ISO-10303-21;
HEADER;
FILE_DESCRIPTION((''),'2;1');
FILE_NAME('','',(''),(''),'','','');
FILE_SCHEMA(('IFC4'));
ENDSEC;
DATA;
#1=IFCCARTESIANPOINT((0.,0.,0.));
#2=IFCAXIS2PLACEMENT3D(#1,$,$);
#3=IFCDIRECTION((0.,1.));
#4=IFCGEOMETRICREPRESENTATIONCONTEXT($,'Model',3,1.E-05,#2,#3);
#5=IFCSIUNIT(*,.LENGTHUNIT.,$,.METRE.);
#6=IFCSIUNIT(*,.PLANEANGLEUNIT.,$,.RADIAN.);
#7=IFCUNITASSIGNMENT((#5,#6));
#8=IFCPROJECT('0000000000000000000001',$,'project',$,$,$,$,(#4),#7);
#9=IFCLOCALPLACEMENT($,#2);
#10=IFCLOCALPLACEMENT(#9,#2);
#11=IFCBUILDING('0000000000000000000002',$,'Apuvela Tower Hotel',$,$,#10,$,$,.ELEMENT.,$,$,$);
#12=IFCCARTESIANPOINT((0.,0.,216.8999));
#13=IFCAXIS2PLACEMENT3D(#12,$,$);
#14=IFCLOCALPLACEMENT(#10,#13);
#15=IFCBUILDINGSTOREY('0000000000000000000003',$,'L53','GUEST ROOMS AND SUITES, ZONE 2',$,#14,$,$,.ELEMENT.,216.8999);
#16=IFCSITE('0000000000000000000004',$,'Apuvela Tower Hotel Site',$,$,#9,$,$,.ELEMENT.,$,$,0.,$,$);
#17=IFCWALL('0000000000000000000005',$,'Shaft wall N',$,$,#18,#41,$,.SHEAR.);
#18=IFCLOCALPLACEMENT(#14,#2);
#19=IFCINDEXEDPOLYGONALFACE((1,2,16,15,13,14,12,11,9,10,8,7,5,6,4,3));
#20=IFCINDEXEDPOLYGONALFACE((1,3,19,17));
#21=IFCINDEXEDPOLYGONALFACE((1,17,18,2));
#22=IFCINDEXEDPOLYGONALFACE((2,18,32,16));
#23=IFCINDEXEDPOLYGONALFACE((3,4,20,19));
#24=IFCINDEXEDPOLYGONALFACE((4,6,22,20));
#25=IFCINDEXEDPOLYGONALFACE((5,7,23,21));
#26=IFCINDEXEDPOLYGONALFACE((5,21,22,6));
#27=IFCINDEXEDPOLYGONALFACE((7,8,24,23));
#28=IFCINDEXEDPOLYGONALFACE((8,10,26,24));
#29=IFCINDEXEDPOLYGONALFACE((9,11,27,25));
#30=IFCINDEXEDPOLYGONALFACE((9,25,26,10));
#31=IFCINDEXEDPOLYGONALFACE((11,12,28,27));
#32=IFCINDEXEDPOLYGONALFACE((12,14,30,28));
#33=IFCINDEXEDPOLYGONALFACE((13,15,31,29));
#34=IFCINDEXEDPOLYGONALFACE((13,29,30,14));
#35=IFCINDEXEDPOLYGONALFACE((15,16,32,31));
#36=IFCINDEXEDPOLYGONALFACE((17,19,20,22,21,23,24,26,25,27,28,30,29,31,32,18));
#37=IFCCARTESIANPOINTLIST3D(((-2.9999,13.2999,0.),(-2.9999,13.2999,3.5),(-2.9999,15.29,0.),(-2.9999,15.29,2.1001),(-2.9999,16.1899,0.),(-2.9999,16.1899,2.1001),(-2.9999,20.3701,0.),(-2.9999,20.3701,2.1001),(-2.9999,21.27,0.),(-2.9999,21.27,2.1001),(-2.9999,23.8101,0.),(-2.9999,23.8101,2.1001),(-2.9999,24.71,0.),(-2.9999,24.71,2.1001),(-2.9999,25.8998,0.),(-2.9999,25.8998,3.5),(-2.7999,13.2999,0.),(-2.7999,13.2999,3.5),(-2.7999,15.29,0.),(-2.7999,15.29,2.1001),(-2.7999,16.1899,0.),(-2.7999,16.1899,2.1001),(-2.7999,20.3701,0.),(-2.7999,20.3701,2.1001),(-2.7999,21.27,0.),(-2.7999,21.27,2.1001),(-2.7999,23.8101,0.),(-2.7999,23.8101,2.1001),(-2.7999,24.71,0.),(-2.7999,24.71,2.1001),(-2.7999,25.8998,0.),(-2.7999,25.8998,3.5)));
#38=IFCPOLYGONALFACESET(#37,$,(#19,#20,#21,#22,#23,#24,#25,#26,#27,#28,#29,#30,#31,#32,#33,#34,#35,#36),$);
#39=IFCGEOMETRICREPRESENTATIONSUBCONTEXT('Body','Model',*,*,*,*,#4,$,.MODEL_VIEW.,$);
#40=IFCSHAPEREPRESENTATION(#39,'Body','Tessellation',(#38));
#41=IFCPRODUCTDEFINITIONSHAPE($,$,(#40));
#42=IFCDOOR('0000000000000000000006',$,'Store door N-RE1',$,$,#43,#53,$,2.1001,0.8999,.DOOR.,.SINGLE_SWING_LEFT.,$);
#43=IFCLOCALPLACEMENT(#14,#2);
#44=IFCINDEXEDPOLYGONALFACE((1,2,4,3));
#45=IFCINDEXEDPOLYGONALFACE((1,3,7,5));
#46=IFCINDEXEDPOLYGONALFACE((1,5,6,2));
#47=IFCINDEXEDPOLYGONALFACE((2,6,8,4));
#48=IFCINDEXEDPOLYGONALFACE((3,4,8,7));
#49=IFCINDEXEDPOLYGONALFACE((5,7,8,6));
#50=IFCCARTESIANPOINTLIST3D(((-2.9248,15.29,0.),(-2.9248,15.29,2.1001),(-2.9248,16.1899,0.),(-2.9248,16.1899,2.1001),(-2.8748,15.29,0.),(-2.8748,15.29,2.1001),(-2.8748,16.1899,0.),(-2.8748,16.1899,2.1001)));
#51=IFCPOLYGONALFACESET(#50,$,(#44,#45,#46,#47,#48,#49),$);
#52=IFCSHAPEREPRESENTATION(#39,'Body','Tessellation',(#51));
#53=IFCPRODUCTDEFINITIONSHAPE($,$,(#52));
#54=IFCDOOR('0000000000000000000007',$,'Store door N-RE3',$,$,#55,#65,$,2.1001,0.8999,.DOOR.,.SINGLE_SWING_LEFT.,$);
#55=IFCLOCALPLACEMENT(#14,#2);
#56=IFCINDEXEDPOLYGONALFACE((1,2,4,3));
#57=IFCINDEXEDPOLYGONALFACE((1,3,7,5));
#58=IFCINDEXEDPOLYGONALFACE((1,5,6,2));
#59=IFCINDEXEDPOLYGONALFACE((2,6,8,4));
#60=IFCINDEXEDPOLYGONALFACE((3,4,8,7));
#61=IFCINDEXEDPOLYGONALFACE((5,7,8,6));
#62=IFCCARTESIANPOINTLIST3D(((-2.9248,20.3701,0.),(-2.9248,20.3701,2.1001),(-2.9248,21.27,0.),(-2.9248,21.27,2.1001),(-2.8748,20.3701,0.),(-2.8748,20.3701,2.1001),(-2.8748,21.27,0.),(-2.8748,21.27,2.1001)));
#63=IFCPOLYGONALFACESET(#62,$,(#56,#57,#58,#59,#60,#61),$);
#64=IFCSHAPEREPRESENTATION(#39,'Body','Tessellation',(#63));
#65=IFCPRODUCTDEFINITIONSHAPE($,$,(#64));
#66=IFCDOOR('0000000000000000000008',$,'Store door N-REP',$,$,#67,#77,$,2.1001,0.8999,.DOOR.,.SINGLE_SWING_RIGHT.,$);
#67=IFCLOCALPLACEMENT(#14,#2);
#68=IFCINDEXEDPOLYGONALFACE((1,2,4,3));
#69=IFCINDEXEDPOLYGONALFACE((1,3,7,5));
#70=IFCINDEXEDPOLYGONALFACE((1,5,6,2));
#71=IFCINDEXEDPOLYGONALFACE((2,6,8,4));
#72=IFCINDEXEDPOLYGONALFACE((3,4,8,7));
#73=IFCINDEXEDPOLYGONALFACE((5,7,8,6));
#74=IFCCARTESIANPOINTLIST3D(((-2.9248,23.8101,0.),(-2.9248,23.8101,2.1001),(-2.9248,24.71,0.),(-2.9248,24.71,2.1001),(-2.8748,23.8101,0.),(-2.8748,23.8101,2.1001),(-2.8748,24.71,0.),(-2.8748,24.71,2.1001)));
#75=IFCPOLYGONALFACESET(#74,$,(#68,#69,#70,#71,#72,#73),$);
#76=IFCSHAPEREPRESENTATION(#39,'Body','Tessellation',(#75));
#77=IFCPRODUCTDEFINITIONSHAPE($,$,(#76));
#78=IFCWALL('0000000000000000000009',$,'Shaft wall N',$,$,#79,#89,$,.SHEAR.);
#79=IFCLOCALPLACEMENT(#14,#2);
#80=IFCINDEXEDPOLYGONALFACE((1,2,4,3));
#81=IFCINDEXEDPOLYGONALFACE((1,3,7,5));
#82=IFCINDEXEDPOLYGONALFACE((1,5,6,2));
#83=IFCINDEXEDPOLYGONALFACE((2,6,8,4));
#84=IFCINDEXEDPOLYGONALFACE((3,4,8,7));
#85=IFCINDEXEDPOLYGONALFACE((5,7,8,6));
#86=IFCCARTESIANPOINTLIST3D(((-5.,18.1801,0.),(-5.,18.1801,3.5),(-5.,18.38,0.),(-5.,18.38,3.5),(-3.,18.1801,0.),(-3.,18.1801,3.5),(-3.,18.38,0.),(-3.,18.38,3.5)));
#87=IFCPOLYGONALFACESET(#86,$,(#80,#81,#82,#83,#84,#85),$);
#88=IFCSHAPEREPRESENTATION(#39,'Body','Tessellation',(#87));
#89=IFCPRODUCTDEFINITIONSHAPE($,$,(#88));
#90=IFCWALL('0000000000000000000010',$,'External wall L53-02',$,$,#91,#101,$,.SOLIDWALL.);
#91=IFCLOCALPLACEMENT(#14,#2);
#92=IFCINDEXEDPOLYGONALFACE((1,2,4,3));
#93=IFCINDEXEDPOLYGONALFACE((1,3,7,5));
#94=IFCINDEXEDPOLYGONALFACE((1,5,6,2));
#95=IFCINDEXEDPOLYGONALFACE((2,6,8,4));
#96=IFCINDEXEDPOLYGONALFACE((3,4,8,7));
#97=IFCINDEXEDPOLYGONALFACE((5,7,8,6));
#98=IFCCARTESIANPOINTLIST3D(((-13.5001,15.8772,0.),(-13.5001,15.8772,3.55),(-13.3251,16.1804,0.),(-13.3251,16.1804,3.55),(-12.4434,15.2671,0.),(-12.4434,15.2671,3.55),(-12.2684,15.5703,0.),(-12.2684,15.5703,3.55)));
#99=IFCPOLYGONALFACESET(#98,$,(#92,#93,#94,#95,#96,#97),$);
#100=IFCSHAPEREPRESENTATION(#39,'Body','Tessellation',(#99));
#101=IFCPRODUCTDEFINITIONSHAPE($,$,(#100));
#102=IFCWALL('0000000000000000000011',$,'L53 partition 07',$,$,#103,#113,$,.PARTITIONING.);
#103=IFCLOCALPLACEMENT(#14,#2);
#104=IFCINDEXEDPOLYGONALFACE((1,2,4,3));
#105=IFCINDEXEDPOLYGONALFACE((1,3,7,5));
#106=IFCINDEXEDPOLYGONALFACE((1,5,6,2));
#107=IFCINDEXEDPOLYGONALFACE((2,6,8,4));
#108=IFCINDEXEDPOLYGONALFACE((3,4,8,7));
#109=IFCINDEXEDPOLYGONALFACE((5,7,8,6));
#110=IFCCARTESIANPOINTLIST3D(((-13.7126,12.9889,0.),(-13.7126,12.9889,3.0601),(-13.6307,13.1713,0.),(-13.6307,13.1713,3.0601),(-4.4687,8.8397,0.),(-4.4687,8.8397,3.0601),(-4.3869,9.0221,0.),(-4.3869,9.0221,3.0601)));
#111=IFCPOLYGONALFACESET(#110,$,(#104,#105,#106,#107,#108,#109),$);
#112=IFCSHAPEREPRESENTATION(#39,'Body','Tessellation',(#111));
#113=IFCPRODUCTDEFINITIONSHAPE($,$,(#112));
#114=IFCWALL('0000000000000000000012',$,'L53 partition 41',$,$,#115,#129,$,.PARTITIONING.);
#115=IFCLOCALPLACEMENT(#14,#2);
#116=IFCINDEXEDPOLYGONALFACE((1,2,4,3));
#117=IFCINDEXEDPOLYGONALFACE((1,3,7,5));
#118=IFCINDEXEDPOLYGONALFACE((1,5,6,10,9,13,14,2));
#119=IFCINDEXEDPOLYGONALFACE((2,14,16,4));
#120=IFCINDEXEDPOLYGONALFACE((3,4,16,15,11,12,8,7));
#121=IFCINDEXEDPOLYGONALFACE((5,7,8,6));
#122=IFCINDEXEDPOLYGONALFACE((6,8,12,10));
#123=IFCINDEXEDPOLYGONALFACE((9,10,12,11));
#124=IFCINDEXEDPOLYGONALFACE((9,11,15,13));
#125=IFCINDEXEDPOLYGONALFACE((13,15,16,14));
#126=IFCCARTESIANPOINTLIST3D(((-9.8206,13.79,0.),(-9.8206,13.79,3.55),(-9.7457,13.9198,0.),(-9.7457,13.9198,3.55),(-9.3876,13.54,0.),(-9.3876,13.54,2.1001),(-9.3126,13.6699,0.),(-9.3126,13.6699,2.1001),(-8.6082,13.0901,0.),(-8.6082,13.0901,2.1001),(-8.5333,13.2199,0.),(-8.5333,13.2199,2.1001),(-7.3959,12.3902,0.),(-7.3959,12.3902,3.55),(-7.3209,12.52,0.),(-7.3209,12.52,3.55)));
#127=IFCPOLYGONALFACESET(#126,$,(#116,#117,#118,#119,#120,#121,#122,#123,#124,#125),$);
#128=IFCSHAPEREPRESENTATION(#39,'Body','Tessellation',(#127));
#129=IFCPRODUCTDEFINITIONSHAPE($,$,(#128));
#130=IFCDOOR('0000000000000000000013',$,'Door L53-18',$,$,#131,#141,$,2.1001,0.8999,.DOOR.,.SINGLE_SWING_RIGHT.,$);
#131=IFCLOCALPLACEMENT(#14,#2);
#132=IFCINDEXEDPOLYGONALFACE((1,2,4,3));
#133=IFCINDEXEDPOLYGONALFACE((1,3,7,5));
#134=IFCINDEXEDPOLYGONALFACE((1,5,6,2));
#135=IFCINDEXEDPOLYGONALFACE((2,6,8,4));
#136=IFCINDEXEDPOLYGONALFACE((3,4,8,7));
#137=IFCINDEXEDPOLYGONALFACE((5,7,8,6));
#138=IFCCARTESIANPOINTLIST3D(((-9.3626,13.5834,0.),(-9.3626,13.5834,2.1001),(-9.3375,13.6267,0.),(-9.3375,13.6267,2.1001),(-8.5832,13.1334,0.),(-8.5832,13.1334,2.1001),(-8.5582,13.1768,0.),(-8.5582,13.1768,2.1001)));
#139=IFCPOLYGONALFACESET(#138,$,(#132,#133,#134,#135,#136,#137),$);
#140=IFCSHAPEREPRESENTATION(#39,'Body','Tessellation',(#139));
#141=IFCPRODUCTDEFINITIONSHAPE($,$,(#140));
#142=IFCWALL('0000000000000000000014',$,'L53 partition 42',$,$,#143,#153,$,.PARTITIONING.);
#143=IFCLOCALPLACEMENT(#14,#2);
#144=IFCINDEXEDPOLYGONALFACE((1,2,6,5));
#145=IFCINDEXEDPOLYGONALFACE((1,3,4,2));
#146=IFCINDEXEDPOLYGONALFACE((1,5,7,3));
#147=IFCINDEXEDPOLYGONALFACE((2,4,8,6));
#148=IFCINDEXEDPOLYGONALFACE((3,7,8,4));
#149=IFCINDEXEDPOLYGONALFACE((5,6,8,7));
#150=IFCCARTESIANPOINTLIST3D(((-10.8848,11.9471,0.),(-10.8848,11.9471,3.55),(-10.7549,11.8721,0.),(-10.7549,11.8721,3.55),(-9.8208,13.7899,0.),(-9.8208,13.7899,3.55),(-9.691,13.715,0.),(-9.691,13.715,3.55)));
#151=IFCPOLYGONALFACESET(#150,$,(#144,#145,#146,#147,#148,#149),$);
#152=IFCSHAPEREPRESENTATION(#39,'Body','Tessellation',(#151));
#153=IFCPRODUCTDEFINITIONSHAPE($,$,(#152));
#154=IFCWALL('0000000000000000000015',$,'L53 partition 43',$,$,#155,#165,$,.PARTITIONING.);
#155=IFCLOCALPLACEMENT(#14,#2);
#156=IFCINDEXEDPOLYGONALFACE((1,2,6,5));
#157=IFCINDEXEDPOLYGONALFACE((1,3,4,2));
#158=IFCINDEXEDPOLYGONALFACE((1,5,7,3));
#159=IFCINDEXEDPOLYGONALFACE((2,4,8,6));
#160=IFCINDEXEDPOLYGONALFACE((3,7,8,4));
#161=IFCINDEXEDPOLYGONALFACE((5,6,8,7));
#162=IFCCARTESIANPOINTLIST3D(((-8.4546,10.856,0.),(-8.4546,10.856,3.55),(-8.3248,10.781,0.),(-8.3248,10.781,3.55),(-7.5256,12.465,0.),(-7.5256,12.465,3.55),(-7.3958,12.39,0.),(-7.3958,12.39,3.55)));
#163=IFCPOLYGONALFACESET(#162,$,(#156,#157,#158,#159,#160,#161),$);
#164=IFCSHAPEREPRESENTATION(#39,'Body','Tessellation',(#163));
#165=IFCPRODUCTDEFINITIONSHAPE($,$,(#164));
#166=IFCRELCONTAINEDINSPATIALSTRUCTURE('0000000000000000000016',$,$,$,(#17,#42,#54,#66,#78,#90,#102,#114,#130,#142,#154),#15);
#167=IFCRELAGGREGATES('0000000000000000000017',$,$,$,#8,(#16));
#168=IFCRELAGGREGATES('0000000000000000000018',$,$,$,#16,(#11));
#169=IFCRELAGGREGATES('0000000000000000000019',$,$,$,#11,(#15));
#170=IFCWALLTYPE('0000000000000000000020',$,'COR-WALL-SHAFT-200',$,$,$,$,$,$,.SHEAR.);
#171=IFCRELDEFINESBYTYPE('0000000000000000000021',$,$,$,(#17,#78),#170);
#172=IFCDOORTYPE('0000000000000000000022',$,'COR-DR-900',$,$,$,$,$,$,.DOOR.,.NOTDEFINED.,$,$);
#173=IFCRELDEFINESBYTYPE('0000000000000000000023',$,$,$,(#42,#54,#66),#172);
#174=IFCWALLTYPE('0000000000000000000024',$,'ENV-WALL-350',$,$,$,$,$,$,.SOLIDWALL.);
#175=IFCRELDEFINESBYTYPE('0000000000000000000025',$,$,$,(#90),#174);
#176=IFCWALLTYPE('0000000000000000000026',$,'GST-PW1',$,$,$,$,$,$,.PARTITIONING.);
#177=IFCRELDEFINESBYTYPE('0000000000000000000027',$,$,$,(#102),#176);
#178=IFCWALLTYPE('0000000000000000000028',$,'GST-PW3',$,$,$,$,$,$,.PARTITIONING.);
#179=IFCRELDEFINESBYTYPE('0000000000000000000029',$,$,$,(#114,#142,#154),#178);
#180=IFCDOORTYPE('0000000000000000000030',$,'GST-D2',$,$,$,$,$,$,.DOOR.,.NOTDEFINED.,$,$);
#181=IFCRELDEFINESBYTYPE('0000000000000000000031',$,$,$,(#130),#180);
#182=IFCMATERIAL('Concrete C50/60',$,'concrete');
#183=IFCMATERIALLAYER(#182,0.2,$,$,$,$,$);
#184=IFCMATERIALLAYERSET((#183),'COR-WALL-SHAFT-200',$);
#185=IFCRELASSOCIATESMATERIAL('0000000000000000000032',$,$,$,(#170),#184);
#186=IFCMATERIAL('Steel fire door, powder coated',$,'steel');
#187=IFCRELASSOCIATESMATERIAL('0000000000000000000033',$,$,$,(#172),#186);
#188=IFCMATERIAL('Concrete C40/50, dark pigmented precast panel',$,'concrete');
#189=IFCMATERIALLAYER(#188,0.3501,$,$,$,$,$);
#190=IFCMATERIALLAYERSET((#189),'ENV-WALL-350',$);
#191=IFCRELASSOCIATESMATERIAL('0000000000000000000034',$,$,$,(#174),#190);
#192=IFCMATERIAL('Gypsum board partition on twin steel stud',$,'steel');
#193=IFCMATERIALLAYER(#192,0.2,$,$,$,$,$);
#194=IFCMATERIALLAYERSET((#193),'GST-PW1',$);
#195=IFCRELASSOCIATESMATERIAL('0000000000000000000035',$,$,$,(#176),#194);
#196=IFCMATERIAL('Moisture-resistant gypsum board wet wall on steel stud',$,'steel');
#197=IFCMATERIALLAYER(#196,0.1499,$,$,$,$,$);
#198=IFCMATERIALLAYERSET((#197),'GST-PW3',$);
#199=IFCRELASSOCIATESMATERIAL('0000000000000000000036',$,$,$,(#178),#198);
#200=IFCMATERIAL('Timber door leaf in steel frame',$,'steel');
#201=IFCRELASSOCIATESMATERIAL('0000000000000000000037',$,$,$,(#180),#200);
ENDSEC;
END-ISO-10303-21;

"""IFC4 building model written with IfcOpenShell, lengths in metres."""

from ifc_helpers import new_model, si_unit, direction, frame, frame_2d, origin, place, context, subcontext, project, spatial, rectangle, extrude, material, layer, layer_set, type_object, element, fill, save


model = new_model("IFC4")

# Units and contexts
model_context = context("Model", 3, precision=1e-05, world=origin(), true_north=direction((0.0, 1.0)))
body_context = subcontext(model_context, "Body", "Model", "MODEL_VIEW")
ifc_project = project(units=[si_unit("LENGTHUNIT", "METRE"), si_unit("PLANEANGLEUNIT", "RADIAN")], contexts=[model_context])

# Site, building, storey
site_placement = place(None, origin())
site = spatial("IfcSite", under=ifc_project, at=site_placement, Name="Apuvela Tower Hotel Site", CompositionType="ELEMENT", RefElevation=0.0)
building_placement = place(site_placement, origin())
building = spatial("IfcBuilding", under=site, at=building_placement, Name="Apuvela Tower Hotel", CompositionType="ELEMENT")
storey_placement = place(building_placement, frame((0.0, 0.0, 216.8999)))
storey = spatial("IfcBuildingStorey", under=building, at=storey_placement, Name="L53", Description="GUEST ROOMS AND SUITES, ZONE 2", CompositionType="ELEMENT", Elevation=216.8999)

# Shared definitions
ifc_material_1 = material(Name="Concrete C50/60", Category="concrete")
ifc_layer_1 = layer(ifc_material_1, 0.2)
ifc_layer_set_1 = layer_set([ifc_layer_1], Name="COR-WALL-SHAFT-200")
wall_type_1 = type_object("IfcWallType", Name="COR-WALL-SHAFT-200", PredefinedType="SHEAR", material=ifc_layer_set_1)

# Wall, openings, doors
wall_1_placement = place(storey_placement, frame((-2.8999, 13.3, 0.0), z_axis=(0.0, 0.0, 1.0), x_axis=(0.0, 1.0, 0.0)))
wall_1 = element("IfcWall", 1, at=wall_1_placement, inside=storey, type_object=wall_type_1, Name="Shaft wall N", PredefinedType="SHEAR", context=body_context, shape_type="SweptSolid", body=[
    extrude(rectangle(XDim=12.5999, YDim=0.2, at=frame_2d((6.2998, 0.0))), origin(), (0.0, 0.0, 1.0), 3.5),
])
opening_1_placement = place(wall_1_placement, frame((1.99, 0.0, 0.0)))
opening_1 = element("IfcOpeningElement", 2, at=opening_1_placement, cuts=wall_1, PredefinedType="OPENING", context=body_context, shape_type="SweptSolid", body=[
    extrude(rectangle(XDim=0.8999, YDim=2.1001, at=frame_2d((0.45, 1.05))), frame((0.0, 0.1099, 0.0), z_axis=(0.0, -1.0, 0.0), x_axis=(1.0, 0.0, 0.0)), (0.0, 0.0, 1.0), 0.22),
])
opening_2_placement = place(wall_1_placement, frame((7.0701, 0.0, 0.0)))
opening_2 = element("IfcOpeningElement", 3, at=opening_2_placement, cuts=wall_1, PredefinedType="OPENING", context=body_context, shape_type="SweptSolid", body=[
    extrude(rectangle(XDim=0.8999, YDim=2.1001, at=frame_2d((0.45, 1.05))), frame((0.0, 0.1099, 0.0), z_axis=(0.0, -1.0, 0.0), x_axis=(1.0, 0.0, 0.0)), (0.0, 0.0, 1.0), 0.22),
])
opening_3_placement = place(wall_1_placement, frame((10.51, 0.0, 0.0)))
opening_3 = element("IfcOpeningElement", 4, at=opening_3_placement, cuts=wall_1, PredefinedType="OPENING", context=body_context, shape_type="SweptSolid", body=[
    extrude(rectangle(XDim=0.8999, YDim=2.1001, at=frame_2d((0.45, 1.05))), frame((0.0, 0.1099, 0.0), z_axis=(0.0, -1.0, 0.0), x_axis=(1.0, 0.0, 0.0)), (0.0, 0.0, 1.0), 0.22),
])
ifc_material_2 = material(Name="Steel fire door, powder coated", Category="steel")
door_type_1 = type_object("IfcDoorType", Name="COR-DR-900", OperationType="NOTDEFINED", PredefinedType="DOOR", material=ifc_material_2)
door_1_placement = place(opening_1_placement, origin())
door_1 = element("IfcDoor", 5, at=door_1_placement, inside=storey, type_object=door_type_1, Name="Store door N-RE1", OperationType="SINGLE_SWING_LEFT", OverallHeight=2.1001, OverallWidth=0.8999, PredefinedType="DOOR", context=body_context, shape_type="SweptSolid", body=[
    extrude(rectangle(XDim=0.8999, YDim=2.1001, at=frame_2d((0.45, 1.05))), frame((0.0, 0.0249, 0.0), z_axis=(0.0, -1.0, 0.0), x_axis=(1.0, 0.0, 0.0)), (0.0, 0.0, 1.0), 0.05),
])
fill(opening_1, door_1)
door_2_placement = place(opening_2_placement, origin())
door_2 = element("IfcDoor", 6, at=door_2_placement, inside=storey, type_object=door_type_1, Name="Store door N-RE3", OperationType="SINGLE_SWING_LEFT", OverallHeight=2.1001, OverallWidth=0.8999, PredefinedType="DOOR", context=body_context, shape_type="SweptSolid", body=[
    extrude(rectangle(XDim=0.8999, YDim=2.1001, at=frame_2d((0.45, 1.05))), frame((0.0, 0.0249, 0.0), z_axis=(0.0, -1.0, 0.0), x_axis=(1.0, 0.0, 0.0)), (0.0, 0.0, 1.0), 0.05),
])
fill(opening_2, door_2)
door_3_placement = place(opening_3_placement, origin())
door_3 = element("IfcDoor", 7, at=door_3_placement, inside=storey, type_object=door_type_1, Name="Store door N-REP", OperationType="SINGLE_SWING_RIGHT", OverallHeight=2.1001, OverallWidth=0.8999, PredefinedType="DOOR", context=body_context, shape_type="SweptSolid", body=[
    extrude(rectangle(XDim=0.8999, YDim=2.1001, at=frame_2d((0.45, 1.05))), frame((0.0, 0.0249, 0.0), z_axis=(0.0, -1.0, 0.0), x_axis=(1.0, 0.0, 0.0)), (0.0, 0.0, 1.0), 0.05),
])
fill(opening_3, door_3)

# Walls
wall_2_placement = place(storey_placement, frame((-3.0, 18.28, 0.0), z_axis=(0.0, 0.0, 1.0), x_axis=(-1.0, 0.0, 0.0)))
element("IfcWall", 8, at=wall_2_placement, inside=storey, type_object=wall_type_1, Name="Shaft wall N", PredefinedType="SHEAR", context=body_context, shape_type="SweptSolid", body=[
    extrude(rectangle(XDim=2.0, YDim=0.2, at=frame_2d((1.0, 0.0))), origin(), (0.0, 0.0, 1.0), 3.5),
])
ifc_material_3 = material(Name="Concrete C40/50, dark pigmented precast panel", Category="concrete")
ifc_layer_2 = layer(ifc_material_3, 0.3501)
ifc_layer_set_2 = layer_set([ifc_layer_2], Name="ENV-WALL-350")
wall_type_2 = type_object("IfcWallType", Name="ENV-WALL-350", PredefinedType="SOLIDWALL", material=ifc_layer_set_2)
wall_3_placement = place(storey_placement, frame((-13.4126, 16.0288, 0.0), z_axis=(0.0, 0.0, 1.0), x_axis=(0.866006, -0.500034, 0.0)))
element("IfcWall", 9, at=wall_3_placement, inside=storey, type_object=wall_type_2, Name="External wall L53-02", PredefinedType="SOLIDWALL", context=body_context, shape_type="SweptSolid", body=[
    extrude(rectangle(XDim=1.2202, YDim=0.3501, at=frame_2d((0.6101, 0.0))), origin(), (0.0, 0.0, 1.0), 3.55),
])

# Wall
ifc_material_4 = material(Name="Gypsum board partition on twin steel stud", Category="steel")
ifc_layer_3 = layer(ifc_material_4, 0.2)
ifc_layer_set_3 = layer_set([ifc_layer_3], Name="GST-PW1")
wall_type_3 = type_object("IfcWallType", Name="GST-PW1", PredefinedType="PARTITIONING", material=ifc_layer_set_3)
wall_4_placement = place(storey_placement, frame((-13.6716, 13.0801, 0.0), z_axis=(0.0, 0.0, 1.0), x_axis=(0.912312, -0.409496, 0.0)))
element("IfcWall", 10, at=wall_4_placement, inside=storey, type_object=wall_type_3, Name="L53 partition 07", PredefinedType="PARTITIONING", context=body_context, shape_type="SweptSolid", body=[
    extrude(rectangle(XDim=10.1323, YDim=0.2, at=frame_2d((5.0662, 0.0))), origin(), (0.0, 0.0, 1.0), 3.0601),
])

# Wall, opening, door
ifc_material_5 = material(Name="Moisture-resistant gypsum board wet wall on steel stud", Category="steel")
ifc_layer_4 = layer(ifc_material_5, 0.1499)
ifc_layer_set_4 = layer_set([ifc_layer_4], Name="GST-PW3")
wall_type_4 = type_object("IfcWallType", Name="GST-PW3", PredefinedType="PARTITIONING", material=ifc_layer_set_4)
wall_5_placement = place(storey_placement, frame((-7.3584, 12.4551, 0.0), z_axis=(0.0, 0.0, 1.0), x_axis=(-0.866035, 0.499984, 0.0)))
wall_5 = element("IfcWall", 11, at=wall_5_placement, inside=storey, type_object=wall_type_4, Name="L53 partition 41", PredefinedType="PARTITIONING", context=body_context, shape_type="SweptSolid", body=[
    extrude(rectangle(XDim=2.7998, YDim=0.1499, at=frame_2d((1.3999, 0.0))), origin(), (0.0, 0.0, 1.0), 3.55),
])
opening_4_placement = place(wall_5_placement, frame((1.3999, 0.0, 0.0)))
opening_4 = element("IfcOpeningElement", 12, at=opening_4_placement, cuts=wall_5, PredefinedType="OPENING", context=body_context, shape_type="SweptSolid", body=[
    extrude(rectangle(XDim=0.8999, YDim=2.1001, at=frame_2d((0.45, 1.05))), frame((0.0, 0.085, 0.0), z_axis=(0.0, -1.0, 0.0), x_axis=(1.0, 0.0, 0.0)), (0.0, 0.0, 1.0), 0.1699),
])
ifc_material_6 = material(Name="Timber door leaf in steel frame", Category="steel")
door_type_2 = type_object("IfcDoorType", Name="GST-D2", OperationType="NOTDEFINED", PredefinedType="DOOR", material=ifc_material_6)
door_4_placement = place(opening_4_placement, origin())
door_4 = element("IfcDoor", 13, at=door_4_placement, inside=storey, type_object=door_type_2, Name="Door L53-18", OperationType="SINGLE_SWING_RIGHT", OverallHeight=2.1001, OverallWidth=0.8999, PredefinedType="DOOR", context=body_context, shape_type="SweptSolid", body=[
    extrude(rectangle(XDim=0.8999, YDim=2.1001, at=frame_2d((0.45, 1.05))), frame((0.0, 0.0249, 0.0), z_axis=(0.0, -1.0, 0.0), x_axis=(1.0, 0.0, 0.0)), (0.0, 0.0, 1.0), 0.05),
])
fill(opening_4, door_4)

# Walls
wall_6_placement = place(storey_placement, frame((-9.7559, 13.7524, 0.0), z_axis=(0.0, 0.0, 1.0), x_axis=(-0.500014, -0.866017, 0.0)))
element("IfcWall", 14, at=wall_6_placement, inside=storey, type_object=wall_type_4, Name="L53 partition 42", PredefinedType="PARTITIONING", context=body_context, shape_type="SweptSolid", body=[
    extrude(rectangle(XDim=2.1279, YDim=0.1499, at=frame_2d((1.064, 0.0))), origin(), (0.0, 0.0, 1.0), 3.55),
])
wall_7_placement = place(storey_placement, frame((-7.4607, 12.4275, 0.0), z_axis=(0.0, 0.0, 1.0), x_axis=(-0.500026, -0.866011, 0.0)))
element("IfcWall", 15, at=wall_7_placement, inside=storey, type_object=wall_type_4, Name="L53 partition 43", PredefinedType="PARTITIONING", context=body_context, shape_type="SweptSolid", body=[
    extrude(rectangle(XDim=1.8579, YDim=0.1499, at=frame_2d((0.929, 0.0))), origin(), (0.0, 0.0, 1.0), 3.55),
])

save(model, "model.ifc")
